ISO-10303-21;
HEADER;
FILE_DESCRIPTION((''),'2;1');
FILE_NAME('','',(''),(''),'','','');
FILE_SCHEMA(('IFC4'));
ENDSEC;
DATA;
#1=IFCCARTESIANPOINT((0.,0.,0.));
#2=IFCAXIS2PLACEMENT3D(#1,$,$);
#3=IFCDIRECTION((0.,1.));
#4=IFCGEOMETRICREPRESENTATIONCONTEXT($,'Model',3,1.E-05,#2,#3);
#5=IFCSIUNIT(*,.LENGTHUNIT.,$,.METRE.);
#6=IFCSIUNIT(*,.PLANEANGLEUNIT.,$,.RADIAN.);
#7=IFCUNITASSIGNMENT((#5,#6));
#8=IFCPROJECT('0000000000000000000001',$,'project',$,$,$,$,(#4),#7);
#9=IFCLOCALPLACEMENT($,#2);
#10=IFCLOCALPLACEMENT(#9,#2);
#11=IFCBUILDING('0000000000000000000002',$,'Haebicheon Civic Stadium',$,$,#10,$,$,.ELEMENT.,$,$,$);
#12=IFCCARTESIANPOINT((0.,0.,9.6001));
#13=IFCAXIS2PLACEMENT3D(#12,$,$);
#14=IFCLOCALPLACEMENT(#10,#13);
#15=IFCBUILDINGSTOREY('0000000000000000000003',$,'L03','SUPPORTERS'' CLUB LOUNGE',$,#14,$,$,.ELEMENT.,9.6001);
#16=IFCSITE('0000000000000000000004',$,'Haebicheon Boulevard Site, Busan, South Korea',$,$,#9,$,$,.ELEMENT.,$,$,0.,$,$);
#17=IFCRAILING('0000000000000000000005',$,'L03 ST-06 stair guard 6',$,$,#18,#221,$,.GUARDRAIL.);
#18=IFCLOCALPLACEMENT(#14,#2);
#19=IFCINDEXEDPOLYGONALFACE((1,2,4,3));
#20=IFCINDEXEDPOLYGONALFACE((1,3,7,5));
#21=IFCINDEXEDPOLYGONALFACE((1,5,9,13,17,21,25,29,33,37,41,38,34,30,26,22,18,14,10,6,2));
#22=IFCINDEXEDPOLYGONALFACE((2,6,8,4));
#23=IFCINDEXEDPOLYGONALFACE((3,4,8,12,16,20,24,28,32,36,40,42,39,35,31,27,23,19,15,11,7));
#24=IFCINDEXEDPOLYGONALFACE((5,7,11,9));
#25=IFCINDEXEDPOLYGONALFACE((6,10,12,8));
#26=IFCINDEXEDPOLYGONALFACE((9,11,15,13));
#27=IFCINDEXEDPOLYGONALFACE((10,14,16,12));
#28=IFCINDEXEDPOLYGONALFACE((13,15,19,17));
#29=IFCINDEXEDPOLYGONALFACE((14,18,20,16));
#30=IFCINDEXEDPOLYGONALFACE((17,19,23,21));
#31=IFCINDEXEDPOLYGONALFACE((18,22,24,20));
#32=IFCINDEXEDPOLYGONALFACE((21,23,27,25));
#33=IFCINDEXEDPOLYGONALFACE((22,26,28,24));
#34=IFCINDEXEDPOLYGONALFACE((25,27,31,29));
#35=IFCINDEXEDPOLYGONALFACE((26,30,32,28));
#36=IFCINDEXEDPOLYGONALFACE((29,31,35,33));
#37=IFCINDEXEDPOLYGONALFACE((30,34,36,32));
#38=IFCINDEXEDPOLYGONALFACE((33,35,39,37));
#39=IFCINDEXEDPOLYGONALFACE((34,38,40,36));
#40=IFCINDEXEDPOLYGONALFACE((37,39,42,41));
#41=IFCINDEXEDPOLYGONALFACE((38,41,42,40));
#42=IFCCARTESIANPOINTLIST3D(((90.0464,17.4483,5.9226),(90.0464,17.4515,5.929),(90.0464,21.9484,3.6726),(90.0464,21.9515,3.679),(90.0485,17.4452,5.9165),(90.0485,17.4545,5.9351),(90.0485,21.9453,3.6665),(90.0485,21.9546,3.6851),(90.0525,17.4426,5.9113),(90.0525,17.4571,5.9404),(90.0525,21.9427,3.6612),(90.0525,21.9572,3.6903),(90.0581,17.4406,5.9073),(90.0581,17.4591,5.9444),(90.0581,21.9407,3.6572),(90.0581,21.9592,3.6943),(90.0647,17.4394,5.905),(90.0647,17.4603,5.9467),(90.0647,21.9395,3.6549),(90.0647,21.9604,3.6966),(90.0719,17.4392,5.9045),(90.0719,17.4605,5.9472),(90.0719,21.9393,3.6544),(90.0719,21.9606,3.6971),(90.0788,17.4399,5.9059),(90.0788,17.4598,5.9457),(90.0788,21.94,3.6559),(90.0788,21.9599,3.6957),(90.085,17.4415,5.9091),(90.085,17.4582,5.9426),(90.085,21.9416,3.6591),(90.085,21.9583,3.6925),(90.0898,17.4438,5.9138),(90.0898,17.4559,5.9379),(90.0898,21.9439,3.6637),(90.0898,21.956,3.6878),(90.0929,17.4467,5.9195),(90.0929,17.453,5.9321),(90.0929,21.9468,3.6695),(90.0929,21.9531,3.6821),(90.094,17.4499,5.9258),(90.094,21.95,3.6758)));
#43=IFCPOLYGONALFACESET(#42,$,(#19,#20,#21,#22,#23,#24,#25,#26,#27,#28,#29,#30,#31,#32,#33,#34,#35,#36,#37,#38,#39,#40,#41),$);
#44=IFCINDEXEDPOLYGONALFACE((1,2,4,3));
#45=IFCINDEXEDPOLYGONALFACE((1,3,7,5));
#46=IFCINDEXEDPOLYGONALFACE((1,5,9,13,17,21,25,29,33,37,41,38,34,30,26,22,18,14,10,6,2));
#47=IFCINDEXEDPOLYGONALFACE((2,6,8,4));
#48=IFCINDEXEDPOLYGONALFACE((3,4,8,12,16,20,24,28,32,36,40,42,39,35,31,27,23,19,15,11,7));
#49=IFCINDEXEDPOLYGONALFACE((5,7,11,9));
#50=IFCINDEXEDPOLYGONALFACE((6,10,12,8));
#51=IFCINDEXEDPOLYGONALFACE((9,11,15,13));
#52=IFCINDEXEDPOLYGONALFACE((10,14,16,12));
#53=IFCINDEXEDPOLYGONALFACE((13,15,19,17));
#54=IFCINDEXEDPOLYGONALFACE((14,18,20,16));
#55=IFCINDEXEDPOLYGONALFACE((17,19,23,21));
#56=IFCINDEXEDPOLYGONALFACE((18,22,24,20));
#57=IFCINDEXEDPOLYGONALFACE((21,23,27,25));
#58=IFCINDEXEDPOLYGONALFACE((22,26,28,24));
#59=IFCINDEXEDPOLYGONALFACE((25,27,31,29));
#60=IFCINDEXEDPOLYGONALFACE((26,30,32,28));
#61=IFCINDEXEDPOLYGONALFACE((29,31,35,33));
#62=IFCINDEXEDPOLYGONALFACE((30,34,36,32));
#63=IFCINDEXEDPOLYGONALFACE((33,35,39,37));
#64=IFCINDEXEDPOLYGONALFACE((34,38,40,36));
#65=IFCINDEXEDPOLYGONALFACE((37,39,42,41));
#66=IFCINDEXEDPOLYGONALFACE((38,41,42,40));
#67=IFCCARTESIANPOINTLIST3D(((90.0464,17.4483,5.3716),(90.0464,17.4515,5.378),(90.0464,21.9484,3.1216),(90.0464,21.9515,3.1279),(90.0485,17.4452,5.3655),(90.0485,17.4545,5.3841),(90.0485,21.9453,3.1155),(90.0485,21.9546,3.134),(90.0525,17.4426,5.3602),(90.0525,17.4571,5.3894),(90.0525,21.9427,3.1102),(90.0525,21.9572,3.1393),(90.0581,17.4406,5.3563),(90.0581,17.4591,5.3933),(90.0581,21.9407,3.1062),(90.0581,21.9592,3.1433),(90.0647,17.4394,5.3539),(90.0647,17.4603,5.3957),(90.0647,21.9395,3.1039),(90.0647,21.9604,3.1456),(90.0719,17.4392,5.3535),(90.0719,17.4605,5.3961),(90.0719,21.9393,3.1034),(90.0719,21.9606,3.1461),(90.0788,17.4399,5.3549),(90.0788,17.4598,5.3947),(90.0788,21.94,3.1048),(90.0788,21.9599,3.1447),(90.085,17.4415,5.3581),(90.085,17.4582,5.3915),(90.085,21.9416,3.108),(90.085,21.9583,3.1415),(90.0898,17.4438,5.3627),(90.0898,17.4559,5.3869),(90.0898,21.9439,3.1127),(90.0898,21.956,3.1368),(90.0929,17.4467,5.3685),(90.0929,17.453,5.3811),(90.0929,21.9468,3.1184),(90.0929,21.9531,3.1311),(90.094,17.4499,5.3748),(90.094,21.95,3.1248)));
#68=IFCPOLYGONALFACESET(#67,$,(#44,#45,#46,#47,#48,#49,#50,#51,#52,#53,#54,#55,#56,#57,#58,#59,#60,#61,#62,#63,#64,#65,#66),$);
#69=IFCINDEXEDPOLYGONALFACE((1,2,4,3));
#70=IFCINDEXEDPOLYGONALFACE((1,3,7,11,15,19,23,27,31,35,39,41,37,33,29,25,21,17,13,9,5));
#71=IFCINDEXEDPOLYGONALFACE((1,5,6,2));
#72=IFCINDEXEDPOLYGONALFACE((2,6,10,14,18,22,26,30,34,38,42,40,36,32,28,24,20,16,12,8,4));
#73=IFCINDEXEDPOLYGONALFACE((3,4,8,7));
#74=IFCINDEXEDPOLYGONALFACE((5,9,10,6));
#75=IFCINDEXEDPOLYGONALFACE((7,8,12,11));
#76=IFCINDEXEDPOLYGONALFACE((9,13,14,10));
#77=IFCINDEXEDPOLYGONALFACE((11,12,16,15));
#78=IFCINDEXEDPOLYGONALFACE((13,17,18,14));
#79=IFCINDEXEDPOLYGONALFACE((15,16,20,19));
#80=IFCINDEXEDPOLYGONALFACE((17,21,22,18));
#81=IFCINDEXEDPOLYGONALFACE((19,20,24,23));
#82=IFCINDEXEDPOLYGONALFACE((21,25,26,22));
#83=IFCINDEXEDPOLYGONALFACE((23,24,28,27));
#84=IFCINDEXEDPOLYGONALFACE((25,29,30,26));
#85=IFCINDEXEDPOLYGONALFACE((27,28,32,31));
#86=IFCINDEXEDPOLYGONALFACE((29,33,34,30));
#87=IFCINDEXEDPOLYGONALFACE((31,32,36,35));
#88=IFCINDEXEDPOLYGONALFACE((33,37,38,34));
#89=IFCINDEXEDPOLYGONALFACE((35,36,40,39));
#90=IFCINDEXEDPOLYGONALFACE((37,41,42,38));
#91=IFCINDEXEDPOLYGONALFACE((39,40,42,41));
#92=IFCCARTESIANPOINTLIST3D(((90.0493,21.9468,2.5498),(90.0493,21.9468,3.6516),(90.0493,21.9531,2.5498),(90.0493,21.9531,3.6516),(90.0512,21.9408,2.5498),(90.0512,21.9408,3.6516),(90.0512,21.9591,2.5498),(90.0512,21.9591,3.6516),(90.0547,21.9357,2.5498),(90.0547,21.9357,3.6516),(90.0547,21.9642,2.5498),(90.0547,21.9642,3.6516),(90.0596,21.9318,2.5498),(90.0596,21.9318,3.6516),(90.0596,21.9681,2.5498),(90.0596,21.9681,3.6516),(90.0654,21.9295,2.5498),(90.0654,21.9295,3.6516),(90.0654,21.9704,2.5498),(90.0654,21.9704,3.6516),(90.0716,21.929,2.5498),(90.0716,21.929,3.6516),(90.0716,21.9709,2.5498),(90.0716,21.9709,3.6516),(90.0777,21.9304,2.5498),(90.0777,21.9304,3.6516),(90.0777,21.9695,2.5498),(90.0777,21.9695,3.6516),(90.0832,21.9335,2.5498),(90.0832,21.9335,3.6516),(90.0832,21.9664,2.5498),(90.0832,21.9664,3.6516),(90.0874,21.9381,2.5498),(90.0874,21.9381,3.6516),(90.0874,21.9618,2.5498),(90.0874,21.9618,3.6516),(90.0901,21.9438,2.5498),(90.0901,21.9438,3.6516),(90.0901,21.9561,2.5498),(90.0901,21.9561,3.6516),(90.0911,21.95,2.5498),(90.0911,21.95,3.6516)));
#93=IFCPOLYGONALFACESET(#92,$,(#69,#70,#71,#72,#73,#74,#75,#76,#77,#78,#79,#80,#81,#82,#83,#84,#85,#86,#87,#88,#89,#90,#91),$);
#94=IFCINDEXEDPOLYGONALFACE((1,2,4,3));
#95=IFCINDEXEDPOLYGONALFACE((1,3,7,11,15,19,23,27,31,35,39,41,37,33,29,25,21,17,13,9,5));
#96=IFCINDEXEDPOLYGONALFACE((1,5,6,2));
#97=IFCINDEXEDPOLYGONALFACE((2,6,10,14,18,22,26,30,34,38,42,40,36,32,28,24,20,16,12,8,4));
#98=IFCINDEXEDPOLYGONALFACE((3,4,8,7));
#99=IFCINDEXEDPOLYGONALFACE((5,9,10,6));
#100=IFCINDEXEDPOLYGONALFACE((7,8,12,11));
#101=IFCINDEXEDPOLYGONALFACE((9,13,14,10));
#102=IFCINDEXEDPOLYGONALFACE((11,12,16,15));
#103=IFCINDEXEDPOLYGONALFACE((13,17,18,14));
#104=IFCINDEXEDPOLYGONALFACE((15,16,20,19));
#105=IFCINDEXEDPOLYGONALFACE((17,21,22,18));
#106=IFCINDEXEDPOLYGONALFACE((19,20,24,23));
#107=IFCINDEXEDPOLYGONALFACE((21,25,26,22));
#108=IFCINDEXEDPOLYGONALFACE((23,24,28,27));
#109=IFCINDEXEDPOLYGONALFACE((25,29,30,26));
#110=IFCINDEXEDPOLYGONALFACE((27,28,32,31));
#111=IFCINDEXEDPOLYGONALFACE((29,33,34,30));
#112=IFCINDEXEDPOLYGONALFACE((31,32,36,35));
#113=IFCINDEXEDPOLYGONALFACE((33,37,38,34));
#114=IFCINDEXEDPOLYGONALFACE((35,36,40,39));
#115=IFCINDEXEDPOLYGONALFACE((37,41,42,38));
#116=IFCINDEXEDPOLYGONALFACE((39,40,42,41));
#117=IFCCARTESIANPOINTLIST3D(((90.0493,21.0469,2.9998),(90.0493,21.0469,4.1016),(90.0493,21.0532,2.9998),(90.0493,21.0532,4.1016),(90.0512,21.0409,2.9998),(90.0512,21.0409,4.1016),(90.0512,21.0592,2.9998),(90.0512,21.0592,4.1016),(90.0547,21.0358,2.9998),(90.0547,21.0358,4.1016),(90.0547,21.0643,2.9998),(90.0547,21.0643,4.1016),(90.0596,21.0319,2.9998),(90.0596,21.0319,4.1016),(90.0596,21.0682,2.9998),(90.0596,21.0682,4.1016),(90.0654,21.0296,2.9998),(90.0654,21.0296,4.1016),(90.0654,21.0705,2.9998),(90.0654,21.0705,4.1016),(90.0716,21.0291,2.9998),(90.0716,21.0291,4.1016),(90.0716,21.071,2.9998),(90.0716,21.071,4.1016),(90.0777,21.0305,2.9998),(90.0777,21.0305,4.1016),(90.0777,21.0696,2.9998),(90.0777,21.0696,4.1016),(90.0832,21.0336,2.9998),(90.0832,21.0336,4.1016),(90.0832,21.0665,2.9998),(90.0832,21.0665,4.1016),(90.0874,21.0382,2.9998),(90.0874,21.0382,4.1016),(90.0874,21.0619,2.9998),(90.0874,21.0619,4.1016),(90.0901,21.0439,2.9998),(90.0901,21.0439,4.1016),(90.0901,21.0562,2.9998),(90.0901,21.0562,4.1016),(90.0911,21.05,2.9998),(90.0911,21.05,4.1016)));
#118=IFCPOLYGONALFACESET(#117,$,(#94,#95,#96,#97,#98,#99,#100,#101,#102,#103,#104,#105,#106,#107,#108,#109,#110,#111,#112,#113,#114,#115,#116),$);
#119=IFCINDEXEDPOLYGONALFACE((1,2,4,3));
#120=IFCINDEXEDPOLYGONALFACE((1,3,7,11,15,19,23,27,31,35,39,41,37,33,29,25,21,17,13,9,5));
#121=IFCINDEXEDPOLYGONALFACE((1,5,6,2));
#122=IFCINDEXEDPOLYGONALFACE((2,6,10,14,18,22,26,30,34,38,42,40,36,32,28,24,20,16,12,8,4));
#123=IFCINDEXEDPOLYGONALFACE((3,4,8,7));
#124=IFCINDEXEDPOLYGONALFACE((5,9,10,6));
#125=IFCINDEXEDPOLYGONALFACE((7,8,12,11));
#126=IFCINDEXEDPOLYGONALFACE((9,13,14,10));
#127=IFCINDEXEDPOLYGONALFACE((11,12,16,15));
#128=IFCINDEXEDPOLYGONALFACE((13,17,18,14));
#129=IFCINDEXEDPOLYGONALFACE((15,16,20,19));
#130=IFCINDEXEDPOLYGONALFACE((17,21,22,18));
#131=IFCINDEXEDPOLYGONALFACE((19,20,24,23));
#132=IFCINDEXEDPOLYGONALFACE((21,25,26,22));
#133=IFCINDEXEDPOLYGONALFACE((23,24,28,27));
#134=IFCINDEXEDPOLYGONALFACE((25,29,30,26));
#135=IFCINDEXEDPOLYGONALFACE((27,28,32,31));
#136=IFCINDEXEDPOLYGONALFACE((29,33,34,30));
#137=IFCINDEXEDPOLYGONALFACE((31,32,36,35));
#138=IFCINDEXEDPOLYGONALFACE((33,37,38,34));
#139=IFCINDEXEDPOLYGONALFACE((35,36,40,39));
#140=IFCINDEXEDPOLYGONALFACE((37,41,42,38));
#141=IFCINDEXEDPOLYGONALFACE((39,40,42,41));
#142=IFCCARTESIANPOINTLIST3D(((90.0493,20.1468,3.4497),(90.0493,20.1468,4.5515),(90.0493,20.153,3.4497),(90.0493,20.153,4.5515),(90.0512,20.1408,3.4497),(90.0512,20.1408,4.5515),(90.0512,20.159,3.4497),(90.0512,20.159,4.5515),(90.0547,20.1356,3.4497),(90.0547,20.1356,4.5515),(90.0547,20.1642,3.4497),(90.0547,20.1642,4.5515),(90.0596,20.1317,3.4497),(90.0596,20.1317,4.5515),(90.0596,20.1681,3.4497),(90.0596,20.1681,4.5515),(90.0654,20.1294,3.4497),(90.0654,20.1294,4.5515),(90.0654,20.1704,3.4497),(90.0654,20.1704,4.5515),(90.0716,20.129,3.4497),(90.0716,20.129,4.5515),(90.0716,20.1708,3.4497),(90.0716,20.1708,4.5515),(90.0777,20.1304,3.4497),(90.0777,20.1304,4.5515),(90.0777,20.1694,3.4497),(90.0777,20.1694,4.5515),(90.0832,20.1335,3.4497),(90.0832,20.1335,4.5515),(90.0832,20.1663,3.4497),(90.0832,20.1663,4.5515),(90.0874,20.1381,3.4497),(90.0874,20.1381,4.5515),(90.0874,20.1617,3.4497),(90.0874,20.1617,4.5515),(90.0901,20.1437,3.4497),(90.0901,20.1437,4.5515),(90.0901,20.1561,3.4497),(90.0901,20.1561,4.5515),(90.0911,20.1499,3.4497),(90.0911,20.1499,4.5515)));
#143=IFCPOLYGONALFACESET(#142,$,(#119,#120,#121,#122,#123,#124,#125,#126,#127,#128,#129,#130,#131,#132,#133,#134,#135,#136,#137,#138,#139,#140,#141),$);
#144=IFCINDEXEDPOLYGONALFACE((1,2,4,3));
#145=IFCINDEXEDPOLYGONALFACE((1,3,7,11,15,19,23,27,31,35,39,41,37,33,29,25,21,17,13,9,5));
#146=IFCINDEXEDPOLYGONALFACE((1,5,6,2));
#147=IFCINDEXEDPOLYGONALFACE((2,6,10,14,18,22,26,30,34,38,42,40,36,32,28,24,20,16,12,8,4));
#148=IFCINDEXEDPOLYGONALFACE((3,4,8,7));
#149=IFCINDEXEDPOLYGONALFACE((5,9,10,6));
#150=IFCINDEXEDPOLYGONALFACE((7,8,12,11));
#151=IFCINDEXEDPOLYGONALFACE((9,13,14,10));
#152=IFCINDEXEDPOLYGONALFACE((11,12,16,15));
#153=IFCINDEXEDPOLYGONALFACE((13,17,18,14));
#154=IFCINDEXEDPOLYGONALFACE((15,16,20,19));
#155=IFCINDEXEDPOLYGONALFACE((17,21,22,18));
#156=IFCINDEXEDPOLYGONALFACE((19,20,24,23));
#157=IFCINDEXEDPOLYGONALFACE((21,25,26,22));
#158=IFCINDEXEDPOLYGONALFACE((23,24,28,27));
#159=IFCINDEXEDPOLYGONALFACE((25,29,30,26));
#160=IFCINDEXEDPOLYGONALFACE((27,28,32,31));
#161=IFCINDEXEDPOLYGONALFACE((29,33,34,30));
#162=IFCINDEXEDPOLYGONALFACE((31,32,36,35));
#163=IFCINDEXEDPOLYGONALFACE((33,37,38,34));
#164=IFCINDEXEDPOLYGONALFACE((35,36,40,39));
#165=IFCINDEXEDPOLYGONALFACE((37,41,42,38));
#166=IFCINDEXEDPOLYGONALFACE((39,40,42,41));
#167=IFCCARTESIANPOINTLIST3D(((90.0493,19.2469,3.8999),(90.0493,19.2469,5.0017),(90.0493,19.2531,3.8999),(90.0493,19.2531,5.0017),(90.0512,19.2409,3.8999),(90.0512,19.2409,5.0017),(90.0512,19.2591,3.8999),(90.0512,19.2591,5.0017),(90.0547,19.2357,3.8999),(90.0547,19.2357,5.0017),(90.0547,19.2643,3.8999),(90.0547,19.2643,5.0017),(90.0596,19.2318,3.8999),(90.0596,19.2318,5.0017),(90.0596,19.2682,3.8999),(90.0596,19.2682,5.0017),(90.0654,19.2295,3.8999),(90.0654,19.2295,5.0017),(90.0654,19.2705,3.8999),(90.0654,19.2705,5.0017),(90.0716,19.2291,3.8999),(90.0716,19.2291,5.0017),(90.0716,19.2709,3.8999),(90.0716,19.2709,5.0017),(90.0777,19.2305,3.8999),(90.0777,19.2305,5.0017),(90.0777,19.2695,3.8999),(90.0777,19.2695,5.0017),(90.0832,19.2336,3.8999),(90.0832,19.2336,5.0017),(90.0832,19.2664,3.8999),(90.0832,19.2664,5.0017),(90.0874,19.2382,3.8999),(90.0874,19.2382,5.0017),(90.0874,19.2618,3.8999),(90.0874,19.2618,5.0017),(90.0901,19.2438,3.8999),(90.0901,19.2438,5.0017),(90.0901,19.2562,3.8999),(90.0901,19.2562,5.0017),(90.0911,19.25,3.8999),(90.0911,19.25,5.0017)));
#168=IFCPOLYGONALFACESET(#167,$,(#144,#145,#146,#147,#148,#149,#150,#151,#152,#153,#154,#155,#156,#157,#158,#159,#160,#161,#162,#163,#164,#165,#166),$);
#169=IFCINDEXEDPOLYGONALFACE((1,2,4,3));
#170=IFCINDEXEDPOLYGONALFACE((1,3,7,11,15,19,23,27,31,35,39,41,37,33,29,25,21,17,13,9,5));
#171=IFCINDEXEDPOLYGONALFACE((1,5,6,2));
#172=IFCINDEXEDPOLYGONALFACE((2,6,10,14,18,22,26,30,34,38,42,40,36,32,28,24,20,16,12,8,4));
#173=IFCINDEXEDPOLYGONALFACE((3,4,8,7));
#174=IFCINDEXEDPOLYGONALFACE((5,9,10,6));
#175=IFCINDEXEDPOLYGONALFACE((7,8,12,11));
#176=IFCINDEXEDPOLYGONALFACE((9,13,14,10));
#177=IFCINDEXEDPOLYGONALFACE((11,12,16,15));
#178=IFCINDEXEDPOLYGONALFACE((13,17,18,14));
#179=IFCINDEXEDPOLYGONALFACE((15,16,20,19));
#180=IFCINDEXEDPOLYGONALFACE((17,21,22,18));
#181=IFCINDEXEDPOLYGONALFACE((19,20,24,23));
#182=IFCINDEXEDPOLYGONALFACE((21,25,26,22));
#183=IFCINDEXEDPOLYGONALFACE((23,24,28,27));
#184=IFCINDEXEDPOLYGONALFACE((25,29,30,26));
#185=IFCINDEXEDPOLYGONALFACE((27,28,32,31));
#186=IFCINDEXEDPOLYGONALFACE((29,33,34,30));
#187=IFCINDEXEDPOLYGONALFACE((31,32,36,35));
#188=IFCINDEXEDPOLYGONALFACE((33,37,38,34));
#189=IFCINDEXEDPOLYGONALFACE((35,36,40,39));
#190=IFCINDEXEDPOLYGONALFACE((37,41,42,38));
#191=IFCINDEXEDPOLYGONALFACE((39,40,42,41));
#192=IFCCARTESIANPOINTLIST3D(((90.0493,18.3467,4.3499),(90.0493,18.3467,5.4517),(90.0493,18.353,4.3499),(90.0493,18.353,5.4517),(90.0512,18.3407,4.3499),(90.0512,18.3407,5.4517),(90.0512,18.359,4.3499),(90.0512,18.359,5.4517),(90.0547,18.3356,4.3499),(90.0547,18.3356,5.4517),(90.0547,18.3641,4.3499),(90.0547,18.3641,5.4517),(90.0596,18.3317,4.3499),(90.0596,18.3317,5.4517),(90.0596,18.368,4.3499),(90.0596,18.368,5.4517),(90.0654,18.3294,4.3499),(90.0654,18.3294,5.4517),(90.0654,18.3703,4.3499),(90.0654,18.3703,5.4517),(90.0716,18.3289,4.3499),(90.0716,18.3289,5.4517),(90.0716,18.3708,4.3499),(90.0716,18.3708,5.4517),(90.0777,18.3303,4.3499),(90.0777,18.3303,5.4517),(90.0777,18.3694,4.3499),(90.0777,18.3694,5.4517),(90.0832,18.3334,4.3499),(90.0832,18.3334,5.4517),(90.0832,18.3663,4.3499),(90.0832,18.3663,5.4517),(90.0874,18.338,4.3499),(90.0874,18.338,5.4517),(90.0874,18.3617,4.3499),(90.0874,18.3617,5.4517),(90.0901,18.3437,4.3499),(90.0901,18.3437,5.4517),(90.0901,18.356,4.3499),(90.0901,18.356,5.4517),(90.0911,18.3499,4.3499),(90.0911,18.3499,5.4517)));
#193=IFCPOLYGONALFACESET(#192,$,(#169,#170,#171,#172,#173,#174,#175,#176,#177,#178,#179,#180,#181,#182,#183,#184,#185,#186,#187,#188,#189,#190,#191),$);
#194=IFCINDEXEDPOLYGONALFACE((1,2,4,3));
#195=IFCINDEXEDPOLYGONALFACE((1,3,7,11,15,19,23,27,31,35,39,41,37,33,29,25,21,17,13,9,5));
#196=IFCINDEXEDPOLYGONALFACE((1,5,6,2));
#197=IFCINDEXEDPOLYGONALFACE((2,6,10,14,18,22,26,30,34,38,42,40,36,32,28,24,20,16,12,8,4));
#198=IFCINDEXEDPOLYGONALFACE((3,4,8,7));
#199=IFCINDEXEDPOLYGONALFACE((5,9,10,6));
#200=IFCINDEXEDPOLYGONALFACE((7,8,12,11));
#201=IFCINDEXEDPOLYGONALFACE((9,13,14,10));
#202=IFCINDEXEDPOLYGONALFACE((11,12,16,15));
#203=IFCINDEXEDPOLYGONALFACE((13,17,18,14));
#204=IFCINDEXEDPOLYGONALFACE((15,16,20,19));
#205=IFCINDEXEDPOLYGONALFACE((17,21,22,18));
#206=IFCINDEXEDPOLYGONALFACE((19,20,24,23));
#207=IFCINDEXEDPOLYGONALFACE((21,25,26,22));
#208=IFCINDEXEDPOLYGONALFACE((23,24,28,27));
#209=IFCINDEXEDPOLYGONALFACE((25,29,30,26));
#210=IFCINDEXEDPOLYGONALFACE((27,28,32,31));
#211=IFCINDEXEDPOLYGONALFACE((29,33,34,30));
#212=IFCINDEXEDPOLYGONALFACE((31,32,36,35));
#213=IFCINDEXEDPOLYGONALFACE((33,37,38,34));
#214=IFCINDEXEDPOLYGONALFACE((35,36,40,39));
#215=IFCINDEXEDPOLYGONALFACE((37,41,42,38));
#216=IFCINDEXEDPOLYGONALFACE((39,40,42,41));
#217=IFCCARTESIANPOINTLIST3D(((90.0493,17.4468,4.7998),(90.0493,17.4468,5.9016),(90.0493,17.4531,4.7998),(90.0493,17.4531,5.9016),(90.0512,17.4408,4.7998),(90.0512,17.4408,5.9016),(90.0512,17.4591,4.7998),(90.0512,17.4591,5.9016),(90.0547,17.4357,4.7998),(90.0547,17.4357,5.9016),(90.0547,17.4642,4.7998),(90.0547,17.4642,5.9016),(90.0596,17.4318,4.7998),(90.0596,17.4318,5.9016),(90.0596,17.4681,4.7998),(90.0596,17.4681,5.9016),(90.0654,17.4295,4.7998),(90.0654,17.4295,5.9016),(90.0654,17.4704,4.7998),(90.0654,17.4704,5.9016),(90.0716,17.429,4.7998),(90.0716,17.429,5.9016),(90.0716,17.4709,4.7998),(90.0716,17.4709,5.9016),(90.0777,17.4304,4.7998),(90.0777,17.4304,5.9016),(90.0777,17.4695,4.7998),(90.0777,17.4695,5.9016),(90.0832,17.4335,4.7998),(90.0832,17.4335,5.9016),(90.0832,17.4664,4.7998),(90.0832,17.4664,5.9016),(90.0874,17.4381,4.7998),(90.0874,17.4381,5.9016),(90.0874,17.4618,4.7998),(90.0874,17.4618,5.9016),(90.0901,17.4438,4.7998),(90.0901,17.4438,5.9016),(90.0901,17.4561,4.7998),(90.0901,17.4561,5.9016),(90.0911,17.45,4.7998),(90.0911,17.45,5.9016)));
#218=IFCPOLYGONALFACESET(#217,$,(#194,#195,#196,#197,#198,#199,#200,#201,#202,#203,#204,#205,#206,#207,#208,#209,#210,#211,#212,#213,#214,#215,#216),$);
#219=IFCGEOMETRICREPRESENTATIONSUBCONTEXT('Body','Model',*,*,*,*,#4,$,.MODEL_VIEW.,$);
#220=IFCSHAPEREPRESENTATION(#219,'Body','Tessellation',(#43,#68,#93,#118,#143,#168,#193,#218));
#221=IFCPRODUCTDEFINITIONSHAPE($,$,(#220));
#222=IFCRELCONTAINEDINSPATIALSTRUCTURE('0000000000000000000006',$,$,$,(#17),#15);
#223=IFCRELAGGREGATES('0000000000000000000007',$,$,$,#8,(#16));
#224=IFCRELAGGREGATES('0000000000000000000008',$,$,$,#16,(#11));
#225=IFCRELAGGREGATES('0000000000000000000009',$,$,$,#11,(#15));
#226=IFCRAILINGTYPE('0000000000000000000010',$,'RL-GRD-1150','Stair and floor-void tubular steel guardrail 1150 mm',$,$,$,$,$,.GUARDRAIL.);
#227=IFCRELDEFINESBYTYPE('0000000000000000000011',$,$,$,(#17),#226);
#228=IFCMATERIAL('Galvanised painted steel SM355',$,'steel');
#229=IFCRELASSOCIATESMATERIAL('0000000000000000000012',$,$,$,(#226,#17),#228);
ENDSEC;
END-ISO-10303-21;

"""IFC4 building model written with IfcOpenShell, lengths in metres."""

from ifc_helpers import new_model, si_unit, direction, frame, origin, origin_2d, place, context, subcontext, project, spatial, circle, extrude, material, type_object, element, save


model = new_model("IFC4")

# Units and contexts
model_context = context("Model", 3, precision=1e-05, world=origin(), true_north=direction((0.0, 1.0)))
body_context = subcontext(model_context, "Body", "Model", "MODEL_VIEW")
ifc_project = project(units=[si_unit("LENGTHUNIT", "METRE"), si_unit("PLANEANGLEUNIT", "RADIAN")], contexts=[model_context])

# Site, building, storey
site_placement = place(None, origin())
site = spatial("IfcSite", under=ifc_project, at=site_placement, Name="Haebicheon Boulevard Site, Busan, South Korea", CompositionType="ELEMENT", RefElevation=0.0)
building_placement = place(site_placement, origin())
building = spatial("IfcBuilding", under=site, at=building_placement, Name="Haebicheon Civic Stadium", CompositionType="ELEMENT")
storey_placement = place(building_placement, frame((0.0, 0.0, 9.6001)))
storey = spatial("IfcBuildingStorey", under=building, at=storey_placement, Name="L03", Description="SUPPORTERS' CLUB LOUNGE", CompositionType="ELEMENT", Elevation=9.6001)

# Railing
ifc_material_1 = material(Name="Galvanised painted steel SM355", Category="steel")
railing_type_1 = type_object("IfcRailingType", Name="RL-GRD-1150", Description="Stair and floor-void tubular steel guardrail 1150 mm", PredefinedType="GUARDRAIL", material=ifc_material_1)
railing_1_placement = place(storey_placement, frame((90.0701, 21.95, 2.5498)))
element("IfcRailing", 1, at=railing_1_placement, inside=storey, type_object=railing_type_1, material=ifc_material_1, Name="L03 ST-06 stair guard 6", PredefinedType="GUARDRAIL", context=body_context, shape_type="SweptSolid", body=[
    extrude(circle(Radius=0.0239, at=origin_2d()), frame((0.0, 0.0, 1.126), z_axis=(0.0, -0.894427, 0.447214), x_axis=(1.0, 0.0, 0.0)), (0.0, 0.0, 1.0), 5.0312),
    extrude(circle(Radius=0.0239, at=origin_2d()), frame((0.0, 0.0, 0.575), z_axis=(0.0, -0.894427, 0.447214), x_axis=(1.0, 0.0, 0.0)), (0.0, 0.0, 1.0), 5.0312),
    extrude(circle(Radius=0.021, at=origin_2d()), origin(), (0.0, 0.0, 1.0), 1.1018),
    extrude(circle(Radius=0.021, at=origin_2d()), frame((0.0, -0.8999, 0.45)), (0.0, 0.0, 1.0), 1.1018),
    extrude(circle(Radius=0.021, at=origin_2d()), frame((0.0, -1.8, 0.8999)), (0.0, 0.0, 1.0), 1.1018),
    extrude(circle(Radius=0.021, at=origin_2d()), frame((0.0, -2.7, 1.3501)), (0.0, 0.0, 1.0), 1.1018),
    extrude(circle(Radius=0.021, at=origin_2d()), frame((0.0, -3.6001, 1.8)), (0.0, 0.0, 1.0), 1.1018),
    extrude(circle(Radius=0.021, at=origin_2d()), frame((0.0, -4.5, 2.25)), (0.0, 0.0, 1.0), 1.1018),
])

save(model, "model.ifc")
